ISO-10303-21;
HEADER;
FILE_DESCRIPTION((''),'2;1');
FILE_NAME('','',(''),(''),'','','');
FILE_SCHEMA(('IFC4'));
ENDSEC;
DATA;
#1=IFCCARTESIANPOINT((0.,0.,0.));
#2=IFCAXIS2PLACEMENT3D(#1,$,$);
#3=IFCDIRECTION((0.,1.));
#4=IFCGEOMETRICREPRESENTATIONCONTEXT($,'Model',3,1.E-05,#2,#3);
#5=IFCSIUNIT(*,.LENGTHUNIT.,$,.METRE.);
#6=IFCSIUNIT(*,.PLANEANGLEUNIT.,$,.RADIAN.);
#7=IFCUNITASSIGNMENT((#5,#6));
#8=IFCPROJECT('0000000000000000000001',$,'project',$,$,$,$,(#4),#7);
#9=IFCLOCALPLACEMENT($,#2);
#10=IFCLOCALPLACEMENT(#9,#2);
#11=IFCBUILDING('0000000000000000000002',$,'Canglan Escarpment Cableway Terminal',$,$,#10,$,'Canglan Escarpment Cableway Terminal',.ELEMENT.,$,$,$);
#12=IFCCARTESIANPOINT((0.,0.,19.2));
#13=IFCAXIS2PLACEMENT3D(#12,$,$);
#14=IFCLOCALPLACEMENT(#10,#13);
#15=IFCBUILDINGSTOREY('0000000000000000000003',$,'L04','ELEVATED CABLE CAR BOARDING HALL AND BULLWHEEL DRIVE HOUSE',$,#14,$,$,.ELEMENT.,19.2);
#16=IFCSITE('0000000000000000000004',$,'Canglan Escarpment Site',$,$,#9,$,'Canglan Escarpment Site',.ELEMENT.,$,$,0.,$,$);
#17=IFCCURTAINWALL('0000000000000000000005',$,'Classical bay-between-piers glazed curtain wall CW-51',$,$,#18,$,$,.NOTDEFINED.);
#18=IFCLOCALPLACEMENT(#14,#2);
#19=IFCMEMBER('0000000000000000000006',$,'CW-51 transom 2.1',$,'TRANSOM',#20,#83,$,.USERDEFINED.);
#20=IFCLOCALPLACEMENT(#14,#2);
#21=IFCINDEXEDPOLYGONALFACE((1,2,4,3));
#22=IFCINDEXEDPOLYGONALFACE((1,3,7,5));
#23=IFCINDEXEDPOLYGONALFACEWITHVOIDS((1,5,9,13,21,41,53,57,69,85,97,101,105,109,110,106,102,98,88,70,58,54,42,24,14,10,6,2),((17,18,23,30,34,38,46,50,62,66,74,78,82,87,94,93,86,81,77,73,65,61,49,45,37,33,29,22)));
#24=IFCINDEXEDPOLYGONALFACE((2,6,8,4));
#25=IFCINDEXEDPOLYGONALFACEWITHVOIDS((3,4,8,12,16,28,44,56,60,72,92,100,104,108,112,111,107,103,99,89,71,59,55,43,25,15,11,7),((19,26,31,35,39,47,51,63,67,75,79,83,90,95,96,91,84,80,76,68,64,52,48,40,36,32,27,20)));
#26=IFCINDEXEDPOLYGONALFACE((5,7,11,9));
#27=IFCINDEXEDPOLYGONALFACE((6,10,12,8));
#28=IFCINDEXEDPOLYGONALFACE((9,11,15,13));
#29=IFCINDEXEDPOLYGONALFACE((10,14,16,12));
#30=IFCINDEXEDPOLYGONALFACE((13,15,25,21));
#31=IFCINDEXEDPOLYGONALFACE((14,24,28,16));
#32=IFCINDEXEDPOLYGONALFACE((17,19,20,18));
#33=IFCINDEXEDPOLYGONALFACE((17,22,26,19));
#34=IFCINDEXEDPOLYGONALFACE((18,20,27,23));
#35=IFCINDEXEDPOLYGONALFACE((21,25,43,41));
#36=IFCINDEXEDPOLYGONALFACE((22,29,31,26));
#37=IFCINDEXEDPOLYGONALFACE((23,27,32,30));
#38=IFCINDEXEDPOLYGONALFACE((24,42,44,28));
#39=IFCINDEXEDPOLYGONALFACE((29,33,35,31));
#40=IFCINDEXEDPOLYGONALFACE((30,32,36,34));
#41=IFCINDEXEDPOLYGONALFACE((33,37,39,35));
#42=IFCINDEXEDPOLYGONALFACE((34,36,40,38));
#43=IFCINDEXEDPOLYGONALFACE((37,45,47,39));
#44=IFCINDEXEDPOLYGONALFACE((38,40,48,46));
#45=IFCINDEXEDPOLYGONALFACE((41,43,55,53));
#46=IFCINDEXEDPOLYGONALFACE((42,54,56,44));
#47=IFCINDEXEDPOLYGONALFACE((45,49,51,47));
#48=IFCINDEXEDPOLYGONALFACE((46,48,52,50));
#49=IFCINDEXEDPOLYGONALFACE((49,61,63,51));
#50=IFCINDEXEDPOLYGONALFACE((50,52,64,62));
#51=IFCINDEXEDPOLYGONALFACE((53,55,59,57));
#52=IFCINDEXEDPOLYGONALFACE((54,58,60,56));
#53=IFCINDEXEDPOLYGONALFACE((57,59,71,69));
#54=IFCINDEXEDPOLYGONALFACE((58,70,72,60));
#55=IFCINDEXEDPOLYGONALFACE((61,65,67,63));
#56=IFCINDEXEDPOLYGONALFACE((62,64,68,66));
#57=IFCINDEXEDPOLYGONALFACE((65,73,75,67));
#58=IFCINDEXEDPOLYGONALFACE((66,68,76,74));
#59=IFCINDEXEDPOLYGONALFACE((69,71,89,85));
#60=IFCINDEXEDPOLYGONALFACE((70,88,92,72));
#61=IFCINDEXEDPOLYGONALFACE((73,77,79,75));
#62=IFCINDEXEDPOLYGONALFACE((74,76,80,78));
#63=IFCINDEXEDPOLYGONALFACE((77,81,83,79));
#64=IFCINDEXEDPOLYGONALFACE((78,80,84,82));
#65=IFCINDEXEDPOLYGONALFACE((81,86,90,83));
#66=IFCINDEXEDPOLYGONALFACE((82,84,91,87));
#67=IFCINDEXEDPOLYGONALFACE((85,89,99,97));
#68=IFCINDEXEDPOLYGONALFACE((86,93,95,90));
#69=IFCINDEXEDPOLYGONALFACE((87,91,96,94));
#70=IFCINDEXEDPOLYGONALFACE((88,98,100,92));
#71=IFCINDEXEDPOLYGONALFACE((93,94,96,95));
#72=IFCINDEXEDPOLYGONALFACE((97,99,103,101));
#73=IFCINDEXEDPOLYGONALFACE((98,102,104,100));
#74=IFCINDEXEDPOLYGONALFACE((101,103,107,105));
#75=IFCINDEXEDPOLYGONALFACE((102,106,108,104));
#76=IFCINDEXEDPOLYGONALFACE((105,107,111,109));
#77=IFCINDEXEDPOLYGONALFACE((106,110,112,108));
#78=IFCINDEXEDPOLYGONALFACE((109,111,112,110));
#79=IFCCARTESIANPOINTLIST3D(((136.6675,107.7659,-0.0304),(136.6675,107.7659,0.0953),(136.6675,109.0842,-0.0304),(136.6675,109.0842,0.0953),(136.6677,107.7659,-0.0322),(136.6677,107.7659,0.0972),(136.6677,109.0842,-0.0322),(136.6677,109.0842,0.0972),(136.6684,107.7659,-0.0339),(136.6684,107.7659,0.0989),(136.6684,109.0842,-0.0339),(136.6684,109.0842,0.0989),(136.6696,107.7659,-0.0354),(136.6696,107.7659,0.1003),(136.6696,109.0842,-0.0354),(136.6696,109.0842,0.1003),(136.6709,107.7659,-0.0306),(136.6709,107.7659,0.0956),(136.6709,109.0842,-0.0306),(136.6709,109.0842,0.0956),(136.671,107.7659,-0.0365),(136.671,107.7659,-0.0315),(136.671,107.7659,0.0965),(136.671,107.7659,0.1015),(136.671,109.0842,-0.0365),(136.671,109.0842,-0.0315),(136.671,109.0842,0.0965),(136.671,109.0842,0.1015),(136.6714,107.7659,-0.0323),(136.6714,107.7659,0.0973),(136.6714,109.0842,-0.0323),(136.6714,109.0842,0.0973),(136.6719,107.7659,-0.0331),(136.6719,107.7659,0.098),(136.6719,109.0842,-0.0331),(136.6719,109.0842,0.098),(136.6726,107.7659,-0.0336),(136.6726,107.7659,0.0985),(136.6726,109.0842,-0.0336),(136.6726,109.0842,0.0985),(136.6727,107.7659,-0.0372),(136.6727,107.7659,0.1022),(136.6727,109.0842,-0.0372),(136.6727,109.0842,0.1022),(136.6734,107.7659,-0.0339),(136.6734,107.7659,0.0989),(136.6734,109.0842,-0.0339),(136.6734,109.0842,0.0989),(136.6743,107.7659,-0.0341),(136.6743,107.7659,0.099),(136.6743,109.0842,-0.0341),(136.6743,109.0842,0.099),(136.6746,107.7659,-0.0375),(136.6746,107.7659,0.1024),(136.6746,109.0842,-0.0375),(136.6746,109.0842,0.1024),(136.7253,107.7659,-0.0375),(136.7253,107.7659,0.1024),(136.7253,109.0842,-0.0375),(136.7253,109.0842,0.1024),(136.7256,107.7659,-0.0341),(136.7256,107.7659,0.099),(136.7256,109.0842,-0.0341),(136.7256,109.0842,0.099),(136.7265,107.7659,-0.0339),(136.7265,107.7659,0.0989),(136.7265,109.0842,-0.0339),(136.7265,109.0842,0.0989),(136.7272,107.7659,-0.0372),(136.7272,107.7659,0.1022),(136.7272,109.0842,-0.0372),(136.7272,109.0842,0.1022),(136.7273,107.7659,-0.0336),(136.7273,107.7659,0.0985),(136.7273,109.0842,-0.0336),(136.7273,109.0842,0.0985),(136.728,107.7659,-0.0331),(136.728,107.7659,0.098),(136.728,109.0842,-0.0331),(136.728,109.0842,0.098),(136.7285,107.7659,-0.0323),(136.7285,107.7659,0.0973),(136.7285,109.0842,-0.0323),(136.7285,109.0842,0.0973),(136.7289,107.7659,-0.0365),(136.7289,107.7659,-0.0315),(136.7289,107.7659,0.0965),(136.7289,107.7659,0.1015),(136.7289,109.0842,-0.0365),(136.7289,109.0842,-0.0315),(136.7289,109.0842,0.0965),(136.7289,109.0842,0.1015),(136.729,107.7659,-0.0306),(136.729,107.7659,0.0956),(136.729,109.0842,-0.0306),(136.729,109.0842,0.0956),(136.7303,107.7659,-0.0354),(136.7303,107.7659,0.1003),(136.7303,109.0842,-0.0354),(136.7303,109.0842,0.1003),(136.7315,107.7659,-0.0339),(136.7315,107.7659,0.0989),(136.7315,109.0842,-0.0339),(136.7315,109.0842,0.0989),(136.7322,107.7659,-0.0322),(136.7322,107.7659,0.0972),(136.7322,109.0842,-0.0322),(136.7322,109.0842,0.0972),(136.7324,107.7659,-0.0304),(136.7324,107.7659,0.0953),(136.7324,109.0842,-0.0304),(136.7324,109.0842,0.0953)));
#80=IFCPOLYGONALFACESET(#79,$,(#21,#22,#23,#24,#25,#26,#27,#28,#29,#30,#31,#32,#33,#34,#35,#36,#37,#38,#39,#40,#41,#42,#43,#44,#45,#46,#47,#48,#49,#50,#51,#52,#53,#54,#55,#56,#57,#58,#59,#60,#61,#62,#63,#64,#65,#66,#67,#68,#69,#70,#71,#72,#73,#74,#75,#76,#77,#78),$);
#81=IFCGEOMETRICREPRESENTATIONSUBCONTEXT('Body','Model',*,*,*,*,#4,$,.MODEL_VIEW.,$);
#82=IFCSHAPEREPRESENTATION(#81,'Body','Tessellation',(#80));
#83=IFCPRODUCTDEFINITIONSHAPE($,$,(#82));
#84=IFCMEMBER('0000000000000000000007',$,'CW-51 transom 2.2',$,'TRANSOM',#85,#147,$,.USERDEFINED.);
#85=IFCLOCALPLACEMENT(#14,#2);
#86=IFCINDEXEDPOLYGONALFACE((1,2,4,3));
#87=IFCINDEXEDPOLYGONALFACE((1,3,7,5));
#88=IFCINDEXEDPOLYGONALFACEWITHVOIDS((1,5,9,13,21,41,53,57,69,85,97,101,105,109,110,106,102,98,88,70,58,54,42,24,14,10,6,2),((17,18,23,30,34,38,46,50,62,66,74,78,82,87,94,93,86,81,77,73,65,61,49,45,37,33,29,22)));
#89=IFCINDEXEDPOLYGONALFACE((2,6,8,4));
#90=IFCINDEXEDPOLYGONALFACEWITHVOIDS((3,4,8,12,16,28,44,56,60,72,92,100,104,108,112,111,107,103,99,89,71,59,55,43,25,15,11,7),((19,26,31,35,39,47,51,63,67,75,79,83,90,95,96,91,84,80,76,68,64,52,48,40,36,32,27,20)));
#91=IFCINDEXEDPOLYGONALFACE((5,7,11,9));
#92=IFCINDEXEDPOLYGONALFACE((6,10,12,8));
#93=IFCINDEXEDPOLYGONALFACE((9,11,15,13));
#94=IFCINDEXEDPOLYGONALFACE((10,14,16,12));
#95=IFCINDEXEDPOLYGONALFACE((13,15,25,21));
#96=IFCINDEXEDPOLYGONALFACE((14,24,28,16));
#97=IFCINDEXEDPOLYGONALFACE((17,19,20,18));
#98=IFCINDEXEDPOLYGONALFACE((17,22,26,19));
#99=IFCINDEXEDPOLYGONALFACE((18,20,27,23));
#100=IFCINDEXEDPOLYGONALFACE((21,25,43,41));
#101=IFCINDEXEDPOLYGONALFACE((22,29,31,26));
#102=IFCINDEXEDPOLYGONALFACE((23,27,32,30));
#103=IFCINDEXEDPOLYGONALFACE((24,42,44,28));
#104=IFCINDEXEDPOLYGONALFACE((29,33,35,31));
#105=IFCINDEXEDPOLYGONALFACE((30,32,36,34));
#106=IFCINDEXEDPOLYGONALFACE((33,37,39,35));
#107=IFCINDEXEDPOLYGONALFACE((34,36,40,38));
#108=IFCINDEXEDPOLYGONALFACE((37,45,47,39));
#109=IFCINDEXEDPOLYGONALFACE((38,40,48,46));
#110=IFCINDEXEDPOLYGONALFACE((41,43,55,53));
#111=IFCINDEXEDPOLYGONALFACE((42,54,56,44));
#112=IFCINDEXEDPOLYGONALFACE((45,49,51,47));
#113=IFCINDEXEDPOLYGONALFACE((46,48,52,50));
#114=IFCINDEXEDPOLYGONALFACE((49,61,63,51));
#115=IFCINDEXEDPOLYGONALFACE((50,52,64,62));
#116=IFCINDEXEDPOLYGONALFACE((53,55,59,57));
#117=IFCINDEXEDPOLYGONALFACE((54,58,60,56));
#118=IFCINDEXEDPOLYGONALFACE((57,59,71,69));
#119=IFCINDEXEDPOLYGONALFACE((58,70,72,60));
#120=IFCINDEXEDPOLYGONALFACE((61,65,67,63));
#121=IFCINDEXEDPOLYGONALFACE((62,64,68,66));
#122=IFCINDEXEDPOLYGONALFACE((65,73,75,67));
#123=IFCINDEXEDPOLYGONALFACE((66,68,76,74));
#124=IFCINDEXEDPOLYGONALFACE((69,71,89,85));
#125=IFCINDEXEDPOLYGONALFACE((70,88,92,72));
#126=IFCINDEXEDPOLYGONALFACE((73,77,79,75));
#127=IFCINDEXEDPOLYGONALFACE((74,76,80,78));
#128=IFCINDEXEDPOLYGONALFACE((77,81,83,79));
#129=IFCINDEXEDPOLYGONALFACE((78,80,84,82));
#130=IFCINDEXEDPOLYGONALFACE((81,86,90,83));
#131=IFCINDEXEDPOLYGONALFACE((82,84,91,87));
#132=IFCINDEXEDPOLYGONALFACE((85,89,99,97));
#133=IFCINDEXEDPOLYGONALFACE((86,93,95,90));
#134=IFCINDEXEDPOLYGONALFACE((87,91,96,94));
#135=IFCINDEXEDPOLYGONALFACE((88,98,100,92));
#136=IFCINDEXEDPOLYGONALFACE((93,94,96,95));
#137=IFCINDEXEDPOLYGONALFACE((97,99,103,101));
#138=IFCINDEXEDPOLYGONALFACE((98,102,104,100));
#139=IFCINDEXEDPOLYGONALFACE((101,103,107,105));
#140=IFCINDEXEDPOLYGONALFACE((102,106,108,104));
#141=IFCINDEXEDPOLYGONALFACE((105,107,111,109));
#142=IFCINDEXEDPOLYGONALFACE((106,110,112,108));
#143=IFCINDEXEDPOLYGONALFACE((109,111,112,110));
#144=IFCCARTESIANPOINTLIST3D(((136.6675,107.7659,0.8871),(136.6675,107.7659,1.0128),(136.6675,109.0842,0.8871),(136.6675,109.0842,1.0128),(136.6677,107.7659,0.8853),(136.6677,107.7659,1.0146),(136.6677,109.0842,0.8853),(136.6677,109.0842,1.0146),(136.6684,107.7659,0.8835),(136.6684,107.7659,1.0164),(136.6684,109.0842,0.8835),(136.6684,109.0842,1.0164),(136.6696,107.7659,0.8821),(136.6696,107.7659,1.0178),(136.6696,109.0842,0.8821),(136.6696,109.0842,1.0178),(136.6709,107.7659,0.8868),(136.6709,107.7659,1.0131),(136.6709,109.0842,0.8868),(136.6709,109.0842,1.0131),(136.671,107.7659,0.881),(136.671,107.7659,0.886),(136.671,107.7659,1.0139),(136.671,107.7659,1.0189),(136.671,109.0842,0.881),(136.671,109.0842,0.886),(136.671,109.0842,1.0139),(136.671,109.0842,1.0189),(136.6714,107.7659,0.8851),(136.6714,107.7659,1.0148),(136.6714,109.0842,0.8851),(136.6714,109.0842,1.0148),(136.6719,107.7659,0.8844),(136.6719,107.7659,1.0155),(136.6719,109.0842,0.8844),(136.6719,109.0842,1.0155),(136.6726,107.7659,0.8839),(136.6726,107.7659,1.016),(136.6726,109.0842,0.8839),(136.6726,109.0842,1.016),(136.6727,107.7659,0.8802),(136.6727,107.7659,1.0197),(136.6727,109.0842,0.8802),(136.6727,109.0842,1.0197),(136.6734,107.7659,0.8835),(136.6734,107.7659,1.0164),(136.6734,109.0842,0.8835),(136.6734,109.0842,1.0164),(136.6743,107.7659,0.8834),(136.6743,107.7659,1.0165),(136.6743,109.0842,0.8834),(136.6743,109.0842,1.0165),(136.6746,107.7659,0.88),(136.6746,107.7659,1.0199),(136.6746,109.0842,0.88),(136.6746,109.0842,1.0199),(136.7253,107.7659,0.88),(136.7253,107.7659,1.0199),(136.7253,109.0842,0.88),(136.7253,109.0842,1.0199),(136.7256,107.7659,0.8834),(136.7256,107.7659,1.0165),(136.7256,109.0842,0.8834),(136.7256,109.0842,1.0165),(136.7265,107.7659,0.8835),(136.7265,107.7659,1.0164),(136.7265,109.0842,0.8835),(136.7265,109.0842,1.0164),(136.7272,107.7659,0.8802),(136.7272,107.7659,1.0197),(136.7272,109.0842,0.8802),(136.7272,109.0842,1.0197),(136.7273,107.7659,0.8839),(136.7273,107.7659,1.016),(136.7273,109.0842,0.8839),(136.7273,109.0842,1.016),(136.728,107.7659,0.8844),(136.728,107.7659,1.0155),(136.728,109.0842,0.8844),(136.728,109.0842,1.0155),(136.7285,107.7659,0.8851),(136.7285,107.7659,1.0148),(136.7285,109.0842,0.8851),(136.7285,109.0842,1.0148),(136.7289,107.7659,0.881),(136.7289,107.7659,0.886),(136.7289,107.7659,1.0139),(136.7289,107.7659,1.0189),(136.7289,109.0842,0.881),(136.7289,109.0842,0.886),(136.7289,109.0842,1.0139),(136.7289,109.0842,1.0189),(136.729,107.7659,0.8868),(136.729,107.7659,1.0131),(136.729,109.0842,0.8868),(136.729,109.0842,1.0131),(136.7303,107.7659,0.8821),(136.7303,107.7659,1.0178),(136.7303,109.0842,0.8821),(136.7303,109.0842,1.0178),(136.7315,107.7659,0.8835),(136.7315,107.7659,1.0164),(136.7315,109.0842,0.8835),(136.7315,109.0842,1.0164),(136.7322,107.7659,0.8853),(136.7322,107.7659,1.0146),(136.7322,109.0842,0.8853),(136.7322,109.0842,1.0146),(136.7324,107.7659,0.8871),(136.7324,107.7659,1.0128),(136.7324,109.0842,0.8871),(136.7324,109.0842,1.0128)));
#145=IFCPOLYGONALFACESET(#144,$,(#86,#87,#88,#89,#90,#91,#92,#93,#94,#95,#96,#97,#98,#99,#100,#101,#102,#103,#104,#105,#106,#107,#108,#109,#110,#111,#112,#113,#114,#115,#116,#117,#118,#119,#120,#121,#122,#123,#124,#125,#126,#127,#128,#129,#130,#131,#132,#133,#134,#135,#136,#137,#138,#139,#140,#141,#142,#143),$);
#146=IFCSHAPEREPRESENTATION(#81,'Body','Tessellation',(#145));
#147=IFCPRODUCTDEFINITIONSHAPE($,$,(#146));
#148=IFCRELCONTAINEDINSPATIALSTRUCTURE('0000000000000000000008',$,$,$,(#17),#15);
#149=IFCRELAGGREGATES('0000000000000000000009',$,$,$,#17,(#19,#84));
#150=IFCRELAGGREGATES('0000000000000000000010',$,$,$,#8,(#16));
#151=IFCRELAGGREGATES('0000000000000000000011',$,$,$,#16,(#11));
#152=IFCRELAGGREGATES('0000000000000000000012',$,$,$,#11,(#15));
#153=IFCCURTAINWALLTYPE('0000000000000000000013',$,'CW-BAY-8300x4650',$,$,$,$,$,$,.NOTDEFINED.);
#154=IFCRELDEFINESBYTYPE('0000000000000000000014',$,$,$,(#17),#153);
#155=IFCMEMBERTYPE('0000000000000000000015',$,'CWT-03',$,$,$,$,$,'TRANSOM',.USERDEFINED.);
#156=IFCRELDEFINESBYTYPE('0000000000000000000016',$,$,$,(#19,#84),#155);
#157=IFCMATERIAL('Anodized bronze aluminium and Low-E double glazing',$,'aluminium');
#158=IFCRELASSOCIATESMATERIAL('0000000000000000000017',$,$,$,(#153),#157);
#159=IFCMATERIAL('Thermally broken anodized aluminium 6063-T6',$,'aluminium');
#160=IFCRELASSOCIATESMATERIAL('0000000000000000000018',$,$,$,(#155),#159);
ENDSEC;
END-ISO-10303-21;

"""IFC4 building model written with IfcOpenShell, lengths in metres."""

from ifc_helpers import new_model, si_unit, direction, frame, origin, origin_2d, place, context, subcontext, project, spatial, hollow_rectangle, extrude, material, material_profile, profile_set, type_object, element, aggregate, save


model = new_model("IFC4")

# Units and contexts
model_context = context("Model", 3, precision=1e-05, world=origin(), true_north=direction((0.0, 1.0)))
body_context = subcontext(model_context, "Body", "Model", "MODEL_VIEW")
ifc_project = project(units=[si_unit("LENGTHUNIT", "METRE"), si_unit("PLANEANGLEUNIT", "RADIAN")], contexts=[model_context])

# Site, building, storey
site_placement = place(None, origin())
site = spatial("IfcSite", under=ifc_project, at=site_placement, Name="Canglan Escarpment Site", LongName="Canglan Escarpment Site", CompositionType="ELEMENT", RefElevation=0.0)
building_placement = place(site_placement, origin())
building = spatial("IfcBuilding", under=site, at=building_placement, Name="Canglan Escarpment Cableway Terminal", LongName="Canglan Escarpment Cableway Terminal", CompositionType="ELEMENT")
storey_placement = place(building_placement, frame((0.0, 0.0, 19.2)))
storey = spatial("IfcBuildingStorey", under=building, at=storey_placement, Name="L04", Description="ELEVATED CABLE CAR BOARDING HALL AND BULLWHEEL DRIVE HOUSE", CompositionType="ELEMENT", Elevation=19.2)

# Curtain wall, members
ifc_material_1 = material(Name="Anodized bronze aluminium and Low-E double glazing", Category="aluminium")
curtain_wall_type = type_object("IfcCurtainWallType", Name="CW-BAY-8300x4650", PredefinedType="NOTDEFINED", material=ifc_material_1)
curtain_wall_placement = place(storey_placement, origin())
curtain_wall = element("IfcCurtainWall", 1, at=curtain_wall_placement, inside=storey, type_object=curtain_wall_type, Name="Classical bay-between-piers glazed curtain wall CW-51", PredefinedType="NOTDEFINED")
ifc_material_2 = material(Name="Thermally broken anodized aluminium 6063-T6", Category="aluminium")
ifc_material_profile_1 = material_profile(ifc_material_2, hollow_rectangle(XDim=0.0649, YDim=0.1399, WallThickness=0.0034, InnerFilletRadius=0.0034, OuterFilletRadius=0.0071, at=origin_2d()), Name="ALU-TRAN 65x140x3.5")
ifc_profile_set_1 = profile_set([ifc_material_profile_1], Name="Thermally broken anodized aluminium 6063-T6")
member_type_1 = type_object("IfcMemberType", Name="CWT-03", ElementType="TRANSOM", PredefinedType="USERDEFINED", material=ifc_profile_set_1)
member_1_placement = place(storey_placement, frame((136.7, 107.7659, 0.0325), z_axis=(0.0, 1.0, 0.0), x_axis=(-1.0, 0.0, 0.0)))
member_1 = element("IfcMember", 2, at=member_1_placement, type_object=member_type_1, Name="CW-51 transom 2.1", ObjectType="TRANSOM", PredefinedType="USERDEFINED", context=body_context, shape_type="SweptSolid", body=[
    extrude(hollow_rectangle(XDim=0.0649, YDim=0.1399, WallThickness=0.0034, InnerFilletRadius=0.0034, OuterFilletRadius=0.0071, at=origin_2d()), origin(), (0.0, 0.0, 1.0), 1.3184),
])
member_2_placement = place(storey_placement, frame((136.7, 107.7659, 0.95), z_axis=(0.0, 1.0, 0.0), x_axis=(-1.0, 0.0, 0.0)))
member_2 = element("IfcMember", 3, at=member_2_placement, type_object=member_type_1, Name="CW-51 transom 2.2", ObjectType="TRANSOM", PredefinedType="USERDEFINED", context=body_context, shape_type="SweptSolid", body=[
    extrude(hollow_rectangle(XDim=0.0649, YDim=0.1399, WallThickness=0.0034, InnerFilletRadius=0.0034, OuterFilletRadius=0.0071, at=origin_2d()), origin(), (0.0, 0.0, 1.0), 1.3184),
])
aggregate(curtain_wall, [member_1, member_2])

save(model, "model.ifc")
